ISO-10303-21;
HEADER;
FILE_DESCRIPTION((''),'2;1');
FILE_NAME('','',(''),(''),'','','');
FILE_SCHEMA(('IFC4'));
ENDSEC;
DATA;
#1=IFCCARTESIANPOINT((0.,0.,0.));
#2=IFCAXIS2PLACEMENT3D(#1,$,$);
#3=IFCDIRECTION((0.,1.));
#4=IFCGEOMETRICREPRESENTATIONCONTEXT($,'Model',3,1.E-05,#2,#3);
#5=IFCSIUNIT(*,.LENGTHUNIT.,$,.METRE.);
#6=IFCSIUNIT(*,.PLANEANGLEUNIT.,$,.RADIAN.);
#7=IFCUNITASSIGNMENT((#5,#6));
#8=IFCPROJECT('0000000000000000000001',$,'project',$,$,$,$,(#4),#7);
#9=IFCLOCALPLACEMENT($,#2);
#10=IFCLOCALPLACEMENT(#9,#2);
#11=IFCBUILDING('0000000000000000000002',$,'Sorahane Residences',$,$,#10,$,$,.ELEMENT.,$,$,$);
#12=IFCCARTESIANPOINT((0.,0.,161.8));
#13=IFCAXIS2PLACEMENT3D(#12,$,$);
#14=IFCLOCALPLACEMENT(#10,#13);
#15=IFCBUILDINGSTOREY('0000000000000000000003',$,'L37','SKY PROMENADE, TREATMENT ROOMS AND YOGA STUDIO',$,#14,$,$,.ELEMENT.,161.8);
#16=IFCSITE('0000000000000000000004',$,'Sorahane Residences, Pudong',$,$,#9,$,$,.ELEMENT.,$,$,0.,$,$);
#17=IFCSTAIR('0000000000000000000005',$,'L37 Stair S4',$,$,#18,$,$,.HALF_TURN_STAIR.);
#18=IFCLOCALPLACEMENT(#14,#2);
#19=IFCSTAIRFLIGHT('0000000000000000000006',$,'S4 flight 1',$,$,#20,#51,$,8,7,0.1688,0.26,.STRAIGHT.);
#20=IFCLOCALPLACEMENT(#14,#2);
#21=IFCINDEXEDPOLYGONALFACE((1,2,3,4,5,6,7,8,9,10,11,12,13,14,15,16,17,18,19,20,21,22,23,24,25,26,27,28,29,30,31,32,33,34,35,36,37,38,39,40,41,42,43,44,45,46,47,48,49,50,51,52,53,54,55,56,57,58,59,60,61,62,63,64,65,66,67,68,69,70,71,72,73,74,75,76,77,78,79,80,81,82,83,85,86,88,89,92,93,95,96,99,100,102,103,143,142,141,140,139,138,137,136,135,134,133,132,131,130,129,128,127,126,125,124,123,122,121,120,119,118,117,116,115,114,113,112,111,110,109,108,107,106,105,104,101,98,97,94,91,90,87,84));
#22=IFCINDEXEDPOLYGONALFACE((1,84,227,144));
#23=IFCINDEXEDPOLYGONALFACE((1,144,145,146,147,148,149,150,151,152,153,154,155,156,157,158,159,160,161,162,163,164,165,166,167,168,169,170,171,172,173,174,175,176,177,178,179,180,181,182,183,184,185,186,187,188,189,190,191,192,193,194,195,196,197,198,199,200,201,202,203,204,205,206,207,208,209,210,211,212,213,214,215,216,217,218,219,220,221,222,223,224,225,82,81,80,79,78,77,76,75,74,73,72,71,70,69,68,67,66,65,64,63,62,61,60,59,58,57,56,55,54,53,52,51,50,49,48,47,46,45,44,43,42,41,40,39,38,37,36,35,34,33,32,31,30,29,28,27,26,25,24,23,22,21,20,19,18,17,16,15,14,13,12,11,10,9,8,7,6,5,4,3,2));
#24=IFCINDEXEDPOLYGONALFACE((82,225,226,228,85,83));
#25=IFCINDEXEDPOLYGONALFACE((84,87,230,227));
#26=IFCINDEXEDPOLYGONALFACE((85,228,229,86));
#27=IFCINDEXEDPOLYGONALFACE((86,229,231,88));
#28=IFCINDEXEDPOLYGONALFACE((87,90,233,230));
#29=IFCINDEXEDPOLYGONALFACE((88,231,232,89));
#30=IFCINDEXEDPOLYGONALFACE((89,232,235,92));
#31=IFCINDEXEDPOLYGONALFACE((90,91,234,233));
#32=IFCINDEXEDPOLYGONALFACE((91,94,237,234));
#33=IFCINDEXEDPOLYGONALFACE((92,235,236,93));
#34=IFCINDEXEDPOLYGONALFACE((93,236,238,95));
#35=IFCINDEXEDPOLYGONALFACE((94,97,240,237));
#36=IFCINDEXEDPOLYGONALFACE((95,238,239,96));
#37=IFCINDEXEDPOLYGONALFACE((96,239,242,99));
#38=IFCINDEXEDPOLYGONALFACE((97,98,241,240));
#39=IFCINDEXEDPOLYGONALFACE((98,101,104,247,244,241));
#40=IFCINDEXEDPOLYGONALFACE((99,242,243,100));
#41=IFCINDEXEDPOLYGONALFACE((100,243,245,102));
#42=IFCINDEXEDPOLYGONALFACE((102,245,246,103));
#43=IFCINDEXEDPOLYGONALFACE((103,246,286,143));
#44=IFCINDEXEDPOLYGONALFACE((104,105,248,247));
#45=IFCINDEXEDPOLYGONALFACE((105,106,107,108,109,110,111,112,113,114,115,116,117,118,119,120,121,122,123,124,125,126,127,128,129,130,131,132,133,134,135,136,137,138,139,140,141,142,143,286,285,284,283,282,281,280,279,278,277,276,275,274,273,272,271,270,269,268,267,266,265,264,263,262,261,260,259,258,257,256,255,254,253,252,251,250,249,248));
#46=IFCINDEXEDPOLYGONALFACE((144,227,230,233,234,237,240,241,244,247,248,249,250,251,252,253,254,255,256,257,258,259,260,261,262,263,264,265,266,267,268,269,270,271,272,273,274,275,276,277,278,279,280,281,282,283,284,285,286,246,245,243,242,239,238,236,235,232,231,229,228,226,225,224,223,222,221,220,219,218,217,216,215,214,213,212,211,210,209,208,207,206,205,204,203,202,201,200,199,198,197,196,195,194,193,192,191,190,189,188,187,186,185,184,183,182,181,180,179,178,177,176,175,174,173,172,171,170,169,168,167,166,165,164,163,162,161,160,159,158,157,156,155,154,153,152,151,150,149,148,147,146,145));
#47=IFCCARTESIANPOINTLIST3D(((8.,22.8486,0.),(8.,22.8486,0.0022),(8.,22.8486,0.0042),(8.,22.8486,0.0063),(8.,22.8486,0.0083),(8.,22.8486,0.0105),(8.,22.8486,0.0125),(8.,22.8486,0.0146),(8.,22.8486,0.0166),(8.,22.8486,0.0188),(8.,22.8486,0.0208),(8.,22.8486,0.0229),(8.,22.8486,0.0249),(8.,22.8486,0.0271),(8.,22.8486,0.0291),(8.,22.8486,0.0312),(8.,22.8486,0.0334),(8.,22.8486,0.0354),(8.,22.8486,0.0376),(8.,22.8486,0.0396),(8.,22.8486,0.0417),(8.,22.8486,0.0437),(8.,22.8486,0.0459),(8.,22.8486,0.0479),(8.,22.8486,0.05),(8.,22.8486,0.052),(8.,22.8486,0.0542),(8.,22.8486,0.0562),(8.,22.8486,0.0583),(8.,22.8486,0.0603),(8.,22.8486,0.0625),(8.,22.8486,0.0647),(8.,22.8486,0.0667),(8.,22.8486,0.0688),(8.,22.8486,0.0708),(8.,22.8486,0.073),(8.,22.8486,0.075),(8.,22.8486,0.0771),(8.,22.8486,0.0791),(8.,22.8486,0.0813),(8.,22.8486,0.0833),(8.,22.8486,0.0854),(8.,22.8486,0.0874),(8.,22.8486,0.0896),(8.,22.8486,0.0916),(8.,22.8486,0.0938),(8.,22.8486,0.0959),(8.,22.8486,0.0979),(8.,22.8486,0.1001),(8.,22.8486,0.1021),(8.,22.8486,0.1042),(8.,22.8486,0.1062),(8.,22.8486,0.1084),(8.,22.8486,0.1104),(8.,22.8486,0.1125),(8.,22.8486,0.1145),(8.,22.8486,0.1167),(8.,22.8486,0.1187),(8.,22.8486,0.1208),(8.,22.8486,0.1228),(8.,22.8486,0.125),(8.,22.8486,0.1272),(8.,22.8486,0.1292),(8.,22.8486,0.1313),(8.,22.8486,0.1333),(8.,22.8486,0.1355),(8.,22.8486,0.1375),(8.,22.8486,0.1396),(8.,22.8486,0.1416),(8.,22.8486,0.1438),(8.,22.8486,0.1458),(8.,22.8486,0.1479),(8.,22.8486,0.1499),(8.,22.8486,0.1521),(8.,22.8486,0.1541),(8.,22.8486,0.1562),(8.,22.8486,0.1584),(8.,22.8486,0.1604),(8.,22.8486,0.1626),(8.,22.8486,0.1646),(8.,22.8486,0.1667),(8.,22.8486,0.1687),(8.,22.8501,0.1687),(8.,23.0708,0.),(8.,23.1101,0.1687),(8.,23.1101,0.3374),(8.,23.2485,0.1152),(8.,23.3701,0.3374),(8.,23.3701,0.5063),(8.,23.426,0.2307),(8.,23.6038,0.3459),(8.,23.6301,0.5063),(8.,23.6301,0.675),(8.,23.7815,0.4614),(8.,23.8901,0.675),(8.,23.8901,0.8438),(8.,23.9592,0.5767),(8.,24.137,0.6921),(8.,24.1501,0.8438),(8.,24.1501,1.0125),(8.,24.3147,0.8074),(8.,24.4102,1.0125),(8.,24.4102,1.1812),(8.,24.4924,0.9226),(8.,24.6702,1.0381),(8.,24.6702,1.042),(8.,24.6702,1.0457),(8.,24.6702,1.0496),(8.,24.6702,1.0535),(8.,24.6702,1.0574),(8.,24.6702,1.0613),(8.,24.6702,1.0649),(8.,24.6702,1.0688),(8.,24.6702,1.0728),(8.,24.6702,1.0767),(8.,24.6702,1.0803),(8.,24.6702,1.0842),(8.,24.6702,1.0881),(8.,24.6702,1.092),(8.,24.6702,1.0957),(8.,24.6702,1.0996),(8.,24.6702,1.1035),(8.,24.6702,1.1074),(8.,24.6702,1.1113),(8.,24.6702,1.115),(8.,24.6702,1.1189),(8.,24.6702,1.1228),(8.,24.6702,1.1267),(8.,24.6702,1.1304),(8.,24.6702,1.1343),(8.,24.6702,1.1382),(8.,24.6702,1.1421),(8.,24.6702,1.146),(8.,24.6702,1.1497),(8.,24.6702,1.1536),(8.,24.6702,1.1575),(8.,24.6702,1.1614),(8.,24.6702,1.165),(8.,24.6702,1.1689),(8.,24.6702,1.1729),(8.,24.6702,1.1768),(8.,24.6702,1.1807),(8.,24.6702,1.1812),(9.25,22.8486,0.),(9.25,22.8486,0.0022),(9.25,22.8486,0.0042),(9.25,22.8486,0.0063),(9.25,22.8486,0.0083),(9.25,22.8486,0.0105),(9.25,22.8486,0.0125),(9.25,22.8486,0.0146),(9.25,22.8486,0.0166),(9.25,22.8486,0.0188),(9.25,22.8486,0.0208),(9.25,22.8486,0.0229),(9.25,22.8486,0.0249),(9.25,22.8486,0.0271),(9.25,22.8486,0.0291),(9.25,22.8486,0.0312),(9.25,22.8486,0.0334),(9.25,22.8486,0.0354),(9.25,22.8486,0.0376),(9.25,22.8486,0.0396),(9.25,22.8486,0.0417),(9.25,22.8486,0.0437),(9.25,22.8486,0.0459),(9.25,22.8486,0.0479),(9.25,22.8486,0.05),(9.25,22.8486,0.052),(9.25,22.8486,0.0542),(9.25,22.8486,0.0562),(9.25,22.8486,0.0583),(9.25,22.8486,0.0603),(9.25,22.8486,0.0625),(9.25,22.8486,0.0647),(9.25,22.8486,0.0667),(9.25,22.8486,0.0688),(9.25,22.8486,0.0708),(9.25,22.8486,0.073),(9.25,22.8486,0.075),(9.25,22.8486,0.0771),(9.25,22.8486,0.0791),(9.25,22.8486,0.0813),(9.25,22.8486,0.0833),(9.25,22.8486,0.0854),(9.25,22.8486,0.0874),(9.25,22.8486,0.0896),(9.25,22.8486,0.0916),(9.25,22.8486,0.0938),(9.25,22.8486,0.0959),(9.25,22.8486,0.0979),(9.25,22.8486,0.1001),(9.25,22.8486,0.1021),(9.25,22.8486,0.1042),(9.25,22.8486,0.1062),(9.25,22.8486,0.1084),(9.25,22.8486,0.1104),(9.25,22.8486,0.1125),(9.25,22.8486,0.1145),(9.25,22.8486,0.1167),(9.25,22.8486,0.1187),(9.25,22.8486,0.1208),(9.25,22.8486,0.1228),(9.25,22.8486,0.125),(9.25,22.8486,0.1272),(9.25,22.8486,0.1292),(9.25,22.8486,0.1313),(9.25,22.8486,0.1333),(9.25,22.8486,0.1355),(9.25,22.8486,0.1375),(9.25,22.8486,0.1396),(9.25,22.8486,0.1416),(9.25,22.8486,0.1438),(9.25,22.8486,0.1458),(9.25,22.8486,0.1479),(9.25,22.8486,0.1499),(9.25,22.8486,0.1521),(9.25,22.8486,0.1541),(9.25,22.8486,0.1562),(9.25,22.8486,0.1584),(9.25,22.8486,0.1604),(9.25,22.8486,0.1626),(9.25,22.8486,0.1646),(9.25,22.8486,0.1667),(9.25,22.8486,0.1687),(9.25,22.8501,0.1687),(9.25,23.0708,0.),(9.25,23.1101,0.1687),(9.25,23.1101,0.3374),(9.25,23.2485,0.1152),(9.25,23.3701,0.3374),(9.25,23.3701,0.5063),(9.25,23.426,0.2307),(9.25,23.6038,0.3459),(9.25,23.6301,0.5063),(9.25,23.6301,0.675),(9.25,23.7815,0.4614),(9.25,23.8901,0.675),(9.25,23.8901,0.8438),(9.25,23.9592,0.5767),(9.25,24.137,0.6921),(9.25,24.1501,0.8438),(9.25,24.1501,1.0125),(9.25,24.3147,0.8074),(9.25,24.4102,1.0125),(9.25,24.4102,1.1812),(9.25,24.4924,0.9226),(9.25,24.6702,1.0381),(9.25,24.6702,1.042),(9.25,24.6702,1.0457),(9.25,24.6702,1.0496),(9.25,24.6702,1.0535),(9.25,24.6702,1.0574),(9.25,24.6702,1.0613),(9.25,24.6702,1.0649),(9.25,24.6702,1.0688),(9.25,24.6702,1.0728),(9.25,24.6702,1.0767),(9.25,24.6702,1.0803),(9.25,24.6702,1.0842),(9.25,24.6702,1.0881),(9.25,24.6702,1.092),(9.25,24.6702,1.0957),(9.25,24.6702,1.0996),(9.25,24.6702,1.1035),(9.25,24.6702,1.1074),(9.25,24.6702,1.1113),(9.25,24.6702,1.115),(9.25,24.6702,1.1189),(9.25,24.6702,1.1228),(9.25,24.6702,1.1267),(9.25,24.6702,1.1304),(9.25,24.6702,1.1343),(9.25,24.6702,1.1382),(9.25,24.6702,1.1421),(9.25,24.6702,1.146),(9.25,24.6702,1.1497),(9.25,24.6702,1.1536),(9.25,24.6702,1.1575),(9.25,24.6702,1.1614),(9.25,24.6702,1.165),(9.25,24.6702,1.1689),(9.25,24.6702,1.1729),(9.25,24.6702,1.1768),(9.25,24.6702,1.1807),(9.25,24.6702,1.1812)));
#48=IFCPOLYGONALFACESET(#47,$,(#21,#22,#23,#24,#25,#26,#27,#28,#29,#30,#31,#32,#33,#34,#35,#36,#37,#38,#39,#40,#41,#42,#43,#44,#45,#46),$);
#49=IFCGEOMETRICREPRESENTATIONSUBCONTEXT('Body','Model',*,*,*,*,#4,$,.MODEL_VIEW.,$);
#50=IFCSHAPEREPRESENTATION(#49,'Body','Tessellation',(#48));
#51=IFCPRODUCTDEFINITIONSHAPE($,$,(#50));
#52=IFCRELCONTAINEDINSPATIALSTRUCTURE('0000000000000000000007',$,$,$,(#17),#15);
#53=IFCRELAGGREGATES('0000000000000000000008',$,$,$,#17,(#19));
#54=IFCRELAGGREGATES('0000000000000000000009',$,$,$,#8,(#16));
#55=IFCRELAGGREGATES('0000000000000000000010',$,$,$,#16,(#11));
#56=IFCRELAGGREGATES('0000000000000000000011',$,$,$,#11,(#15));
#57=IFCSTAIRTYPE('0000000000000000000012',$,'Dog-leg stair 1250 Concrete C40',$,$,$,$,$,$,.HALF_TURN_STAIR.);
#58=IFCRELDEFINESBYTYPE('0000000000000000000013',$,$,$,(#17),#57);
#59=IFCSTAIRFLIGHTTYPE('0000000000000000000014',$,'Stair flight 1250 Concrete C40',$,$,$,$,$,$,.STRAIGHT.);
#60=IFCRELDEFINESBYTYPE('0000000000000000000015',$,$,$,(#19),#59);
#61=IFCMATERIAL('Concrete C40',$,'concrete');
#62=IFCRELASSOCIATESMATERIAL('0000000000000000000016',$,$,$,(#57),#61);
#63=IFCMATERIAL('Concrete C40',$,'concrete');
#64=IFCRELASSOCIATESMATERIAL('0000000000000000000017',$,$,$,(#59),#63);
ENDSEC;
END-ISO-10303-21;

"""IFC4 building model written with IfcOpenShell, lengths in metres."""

from ifc_helpers import new_model, si_unit, direction, frame, origin, place, context, subcontext, project, spatial, polyline, outline, extrude, material, type_object, element, aggregate, save


model = new_model("IFC4")

# Units and contexts
model_context = context("Model", 3, precision=1e-05, world=origin(), true_north=direction((0.0, 1.0)))
body_context = subcontext(model_context, "Body", "Model", "MODEL_VIEW")
ifc_project = project(units=[si_unit("LENGTHUNIT", "METRE"), si_unit("PLANEANGLEUNIT", "RADIAN")], contexts=[model_context])

# Site, building, storey
site_placement = place(None, origin())
site = spatial("IfcSite", under=ifc_project, at=site_placement, Name="Sorahane Residences, Pudong", CompositionType="ELEMENT", RefElevation=0.0)
building_placement = place(site_placement, origin())
building = spatial("IfcBuilding", under=site, at=building_placement, Name="Sorahane Residences", CompositionType="ELEMENT")
storey_placement = place(building_placement, frame((0.0, 0.0, 161.8)))
storey = spatial("IfcBuildingStorey", under=building, at=storey_placement, Name="L37", Description="SKY PROMENADE, TREATMENT ROOMS AND YOGA STUDIO", CompositionType="ELEMENT", Elevation=161.8)

# Stair, stair flight
ifc_material_1 = material(Name="Concrete C40", Category="concrete")
stair_type = type_object("IfcStairType", Name="Dog-leg stair 1250 Concrete C40", PredefinedType="HALF_TURN_STAIR", material=ifc_material_1)
stair_placement = place(storey_placement, origin())
stair = element("IfcStair", 1, at=stair_placement, inside=storey, type_object=stair_type, Name="L37 Stair S4", PredefinedType="HALF_TURN_STAIR")
ifc_material_2 = material(Name="Concrete C40", Category="concrete")
stair_flight_type = type_object("IfcStairFlightType", Name="Stair flight 1250 Concrete C40", PredefinedType="STRAIGHT", material=ifc_material_2)
stair_flight_1_placement = place(storey_placement, frame((8.625, 22.8501, 0.0), z_axis=(0.0, 0.0, 1.0), x_axis=(0.0, 1.0, 0.0)))
stair_flight_1 = element("IfcStairFlight", 2, at=stair_flight_1_placement, type_object=stair_flight_type, Name="S4 flight 1", NumberOfRisers=8, NumberOfTreads=7, PredefinedType="STRAIGHT", RiserHeight=0.1688, TreadLength=0.26, context=body_context, shape_type="SweptSolid", body=[
    extrude(outline(polyline([(-0.0015, 0.0), (-0.0015, 0.0022), (-0.0015, 0.0042), (-0.0015, 0.0063), (-0.0015, 0.0083), (-0.0015, 0.0105), (-0.0015, 0.0125), (-0.0015, 0.0146), (-0.0015, 0.0166), (-0.0015, 0.0188), (-0.0015, 0.0208), (-0.0015, 0.0229), (-0.0015, 0.0249), (-0.0015, 0.0271), (-0.0015, 0.0291), (-0.0015, 0.0312), (-0.0015, 0.0334), (-0.0015, 0.0354), (-0.0015, 0.0376), (-0.0015, 0.0396), (-0.0015, 0.0417), (-0.0015, 0.0437), (-0.0015, 0.0459), (-0.0015, 0.0479), (-0.0015, 0.05), (-0.0015, 0.052), (-0.0015, 0.0542), (-0.0015, 0.0562), (-0.0015, 0.0583), (-0.0015, 0.0603), (-0.0015, 0.0625), (-0.0015, 0.0647), (-0.0015, 0.0667), (-0.0015, 0.0688), (-0.0015, 0.0708), (-0.0015, 0.073), (-0.0015, 0.075), (-0.0015, 0.0771), (-0.0015, 0.0791), (-0.0015, 0.0813), (-0.0015, 0.0833), (-0.0015, 0.0854), (-0.0015, 0.0874), (-0.0015, 0.0896), (-0.0015, 0.0916), (-0.0015, 0.0938), (-0.0015, 0.0959), (-0.0015, 0.0979), (-0.0015, 0.1001), (-0.0015, 0.1021), (-0.0015, 0.1042), (-0.0015, 0.1062), (-0.0015, 0.1084), (-0.0015, 0.1104), (-0.0015, 0.1125), (-0.0015, 0.1145), (-0.0015, 0.1167), (-0.0015, 0.1187), (-0.0015, 0.1208), (-0.0015, 0.1228), (-0.0015, 0.125), (-0.0015, 0.1272), (-0.0015, 0.1292), (-0.0015, 0.1313), (-0.0015, 0.1333), (-0.0015, 0.1355), (-0.0015, 0.1375), (-0.0015, 0.1396), (-0.0015, 0.1416), (-0.0015, 0.1438), (-0.0015, 0.1458), (-0.0015, 0.1479), (-0.0015, 0.1499), (-0.0015, 0.1521), (-0.0015, 0.1541), (-0.0015, 0.1562), (-0.0015, 0.1584), (-0.0015, 0.1604), (-0.0015, 0.1626), (-0.0015, 0.1646), (-0.0015, 0.1667), (-0.0015, 0.1687), (0.0, 0.1687), (0.26, 0.1687), (0.26, 0.3374), (0.52, 0.3374), (0.52, 0.5063), (0.78, 0.5063), (0.78, 0.675), (1.04, 0.675), (1.04, 0.8438), (1.3, 0.8438), (1.3, 1.0125), (1.5601, 1.0125), (1.5601, 1.1812), (1.8201, 1.1812), (1.8201, 1.3501), (1.8201, 1.3462), (1.8201, 1.3423), (1.8201, 1.3384), (1.8201, 1.3347), (1.8201, 1.3308), (1.8201, 1.3269), (1.8201, 1.323), (1.8201, 1.3191), (1.8201, 1.3154), (1.8201, 1.3115), (1.8201, 1.3076), (1.8201, 1.3037), (1.8201, 1.3), (1.8201, 1.2961), (1.8201, 1.2922), (1.8201, 1.2883), (1.8201, 1.2844), (1.8201, 1.2808), (1.8201, 1.2769), (1.8201, 1.2729), (1.8201, 1.269), (1.8201, 1.2654), (1.8201, 1.2615), (1.8201, 1.2576), (1.8201, 1.2537), (1.8201, 1.2498), (1.8201, 1.2461), (1.8201, 1.2422), (1.8201, 1.2383), (1.8201, 1.2344), (1.8201, 1.2307), (1.8201, 1.2268), (1.8201, 1.2229), (1.8201, 1.219), (1.8201, 1.2151), (1.8201, 1.2114), (1.8201, 1.2075), (1.8201, 1.2036), (1.8201, 1.1997), (1.8201, 1.196), (1.8201, 1.1921), (1.8201, 1.1882), (1.8201, 1.1843), (1.8201, 1.1807), (1.8201, 1.1768), (1.8201, 1.1729), (1.8201, 1.1689), (1.8201, 1.165), (1.8201, 1.1614), (1.8201, 1.1575), (1.8201, 1.1536), (1.8201, 1.1497), (1.8201, 1.146), (1.8201, 1.1421), (1.8201, 1.1382), (1.8201, 1.1343), (1.8201, 1.1304), (1.8201, 1.1267), (1.8201, 1.1228), (1.8201, 1.1189), (1.8201, 1.115), (1.8201, 1.1113), (1.8201, 1.1074), (1.8201, 1.1035), (1.8201, 1.0996), (1.8201, 1.0957), (1.8201, 1.092), (1.8201, 1.0881), (1.8201, 1.0842), (1.8201, 1.0803), (1.8201, 1.0767), (1.8201, 1.0728), (1.8201, 1.0688), (1.8201, 1.0649), (1.8201, 1.0613), (1.8201, 1.0574), (1.8201, 1.0535), (1.8201, 1.0496), (1.8201, 1.0457), (1.8201, 1.042), (1.8201, 1.0381), (1.6423, 0.9226), (1.4646, 0.8074), (1.2869, 0.6921), (1.1091, 0.5767), (0.9314, 0.4614), (0.7537, 0.3459), (0.5759, 0.2307), (0.3984, 0.1152), (0.2207, 0.0), (-0.0015, 0.0)])), frame((0.0, 0.625, 0.0), z_axis=(0.0, -1.0, 0.0), x_axis=(1.0, 0.0, 0.0)), (0.0, 0.0, 1.0), 1.25),
])
aggregate(stair, [stair_flight_1])

save(model, "model.ifc")
